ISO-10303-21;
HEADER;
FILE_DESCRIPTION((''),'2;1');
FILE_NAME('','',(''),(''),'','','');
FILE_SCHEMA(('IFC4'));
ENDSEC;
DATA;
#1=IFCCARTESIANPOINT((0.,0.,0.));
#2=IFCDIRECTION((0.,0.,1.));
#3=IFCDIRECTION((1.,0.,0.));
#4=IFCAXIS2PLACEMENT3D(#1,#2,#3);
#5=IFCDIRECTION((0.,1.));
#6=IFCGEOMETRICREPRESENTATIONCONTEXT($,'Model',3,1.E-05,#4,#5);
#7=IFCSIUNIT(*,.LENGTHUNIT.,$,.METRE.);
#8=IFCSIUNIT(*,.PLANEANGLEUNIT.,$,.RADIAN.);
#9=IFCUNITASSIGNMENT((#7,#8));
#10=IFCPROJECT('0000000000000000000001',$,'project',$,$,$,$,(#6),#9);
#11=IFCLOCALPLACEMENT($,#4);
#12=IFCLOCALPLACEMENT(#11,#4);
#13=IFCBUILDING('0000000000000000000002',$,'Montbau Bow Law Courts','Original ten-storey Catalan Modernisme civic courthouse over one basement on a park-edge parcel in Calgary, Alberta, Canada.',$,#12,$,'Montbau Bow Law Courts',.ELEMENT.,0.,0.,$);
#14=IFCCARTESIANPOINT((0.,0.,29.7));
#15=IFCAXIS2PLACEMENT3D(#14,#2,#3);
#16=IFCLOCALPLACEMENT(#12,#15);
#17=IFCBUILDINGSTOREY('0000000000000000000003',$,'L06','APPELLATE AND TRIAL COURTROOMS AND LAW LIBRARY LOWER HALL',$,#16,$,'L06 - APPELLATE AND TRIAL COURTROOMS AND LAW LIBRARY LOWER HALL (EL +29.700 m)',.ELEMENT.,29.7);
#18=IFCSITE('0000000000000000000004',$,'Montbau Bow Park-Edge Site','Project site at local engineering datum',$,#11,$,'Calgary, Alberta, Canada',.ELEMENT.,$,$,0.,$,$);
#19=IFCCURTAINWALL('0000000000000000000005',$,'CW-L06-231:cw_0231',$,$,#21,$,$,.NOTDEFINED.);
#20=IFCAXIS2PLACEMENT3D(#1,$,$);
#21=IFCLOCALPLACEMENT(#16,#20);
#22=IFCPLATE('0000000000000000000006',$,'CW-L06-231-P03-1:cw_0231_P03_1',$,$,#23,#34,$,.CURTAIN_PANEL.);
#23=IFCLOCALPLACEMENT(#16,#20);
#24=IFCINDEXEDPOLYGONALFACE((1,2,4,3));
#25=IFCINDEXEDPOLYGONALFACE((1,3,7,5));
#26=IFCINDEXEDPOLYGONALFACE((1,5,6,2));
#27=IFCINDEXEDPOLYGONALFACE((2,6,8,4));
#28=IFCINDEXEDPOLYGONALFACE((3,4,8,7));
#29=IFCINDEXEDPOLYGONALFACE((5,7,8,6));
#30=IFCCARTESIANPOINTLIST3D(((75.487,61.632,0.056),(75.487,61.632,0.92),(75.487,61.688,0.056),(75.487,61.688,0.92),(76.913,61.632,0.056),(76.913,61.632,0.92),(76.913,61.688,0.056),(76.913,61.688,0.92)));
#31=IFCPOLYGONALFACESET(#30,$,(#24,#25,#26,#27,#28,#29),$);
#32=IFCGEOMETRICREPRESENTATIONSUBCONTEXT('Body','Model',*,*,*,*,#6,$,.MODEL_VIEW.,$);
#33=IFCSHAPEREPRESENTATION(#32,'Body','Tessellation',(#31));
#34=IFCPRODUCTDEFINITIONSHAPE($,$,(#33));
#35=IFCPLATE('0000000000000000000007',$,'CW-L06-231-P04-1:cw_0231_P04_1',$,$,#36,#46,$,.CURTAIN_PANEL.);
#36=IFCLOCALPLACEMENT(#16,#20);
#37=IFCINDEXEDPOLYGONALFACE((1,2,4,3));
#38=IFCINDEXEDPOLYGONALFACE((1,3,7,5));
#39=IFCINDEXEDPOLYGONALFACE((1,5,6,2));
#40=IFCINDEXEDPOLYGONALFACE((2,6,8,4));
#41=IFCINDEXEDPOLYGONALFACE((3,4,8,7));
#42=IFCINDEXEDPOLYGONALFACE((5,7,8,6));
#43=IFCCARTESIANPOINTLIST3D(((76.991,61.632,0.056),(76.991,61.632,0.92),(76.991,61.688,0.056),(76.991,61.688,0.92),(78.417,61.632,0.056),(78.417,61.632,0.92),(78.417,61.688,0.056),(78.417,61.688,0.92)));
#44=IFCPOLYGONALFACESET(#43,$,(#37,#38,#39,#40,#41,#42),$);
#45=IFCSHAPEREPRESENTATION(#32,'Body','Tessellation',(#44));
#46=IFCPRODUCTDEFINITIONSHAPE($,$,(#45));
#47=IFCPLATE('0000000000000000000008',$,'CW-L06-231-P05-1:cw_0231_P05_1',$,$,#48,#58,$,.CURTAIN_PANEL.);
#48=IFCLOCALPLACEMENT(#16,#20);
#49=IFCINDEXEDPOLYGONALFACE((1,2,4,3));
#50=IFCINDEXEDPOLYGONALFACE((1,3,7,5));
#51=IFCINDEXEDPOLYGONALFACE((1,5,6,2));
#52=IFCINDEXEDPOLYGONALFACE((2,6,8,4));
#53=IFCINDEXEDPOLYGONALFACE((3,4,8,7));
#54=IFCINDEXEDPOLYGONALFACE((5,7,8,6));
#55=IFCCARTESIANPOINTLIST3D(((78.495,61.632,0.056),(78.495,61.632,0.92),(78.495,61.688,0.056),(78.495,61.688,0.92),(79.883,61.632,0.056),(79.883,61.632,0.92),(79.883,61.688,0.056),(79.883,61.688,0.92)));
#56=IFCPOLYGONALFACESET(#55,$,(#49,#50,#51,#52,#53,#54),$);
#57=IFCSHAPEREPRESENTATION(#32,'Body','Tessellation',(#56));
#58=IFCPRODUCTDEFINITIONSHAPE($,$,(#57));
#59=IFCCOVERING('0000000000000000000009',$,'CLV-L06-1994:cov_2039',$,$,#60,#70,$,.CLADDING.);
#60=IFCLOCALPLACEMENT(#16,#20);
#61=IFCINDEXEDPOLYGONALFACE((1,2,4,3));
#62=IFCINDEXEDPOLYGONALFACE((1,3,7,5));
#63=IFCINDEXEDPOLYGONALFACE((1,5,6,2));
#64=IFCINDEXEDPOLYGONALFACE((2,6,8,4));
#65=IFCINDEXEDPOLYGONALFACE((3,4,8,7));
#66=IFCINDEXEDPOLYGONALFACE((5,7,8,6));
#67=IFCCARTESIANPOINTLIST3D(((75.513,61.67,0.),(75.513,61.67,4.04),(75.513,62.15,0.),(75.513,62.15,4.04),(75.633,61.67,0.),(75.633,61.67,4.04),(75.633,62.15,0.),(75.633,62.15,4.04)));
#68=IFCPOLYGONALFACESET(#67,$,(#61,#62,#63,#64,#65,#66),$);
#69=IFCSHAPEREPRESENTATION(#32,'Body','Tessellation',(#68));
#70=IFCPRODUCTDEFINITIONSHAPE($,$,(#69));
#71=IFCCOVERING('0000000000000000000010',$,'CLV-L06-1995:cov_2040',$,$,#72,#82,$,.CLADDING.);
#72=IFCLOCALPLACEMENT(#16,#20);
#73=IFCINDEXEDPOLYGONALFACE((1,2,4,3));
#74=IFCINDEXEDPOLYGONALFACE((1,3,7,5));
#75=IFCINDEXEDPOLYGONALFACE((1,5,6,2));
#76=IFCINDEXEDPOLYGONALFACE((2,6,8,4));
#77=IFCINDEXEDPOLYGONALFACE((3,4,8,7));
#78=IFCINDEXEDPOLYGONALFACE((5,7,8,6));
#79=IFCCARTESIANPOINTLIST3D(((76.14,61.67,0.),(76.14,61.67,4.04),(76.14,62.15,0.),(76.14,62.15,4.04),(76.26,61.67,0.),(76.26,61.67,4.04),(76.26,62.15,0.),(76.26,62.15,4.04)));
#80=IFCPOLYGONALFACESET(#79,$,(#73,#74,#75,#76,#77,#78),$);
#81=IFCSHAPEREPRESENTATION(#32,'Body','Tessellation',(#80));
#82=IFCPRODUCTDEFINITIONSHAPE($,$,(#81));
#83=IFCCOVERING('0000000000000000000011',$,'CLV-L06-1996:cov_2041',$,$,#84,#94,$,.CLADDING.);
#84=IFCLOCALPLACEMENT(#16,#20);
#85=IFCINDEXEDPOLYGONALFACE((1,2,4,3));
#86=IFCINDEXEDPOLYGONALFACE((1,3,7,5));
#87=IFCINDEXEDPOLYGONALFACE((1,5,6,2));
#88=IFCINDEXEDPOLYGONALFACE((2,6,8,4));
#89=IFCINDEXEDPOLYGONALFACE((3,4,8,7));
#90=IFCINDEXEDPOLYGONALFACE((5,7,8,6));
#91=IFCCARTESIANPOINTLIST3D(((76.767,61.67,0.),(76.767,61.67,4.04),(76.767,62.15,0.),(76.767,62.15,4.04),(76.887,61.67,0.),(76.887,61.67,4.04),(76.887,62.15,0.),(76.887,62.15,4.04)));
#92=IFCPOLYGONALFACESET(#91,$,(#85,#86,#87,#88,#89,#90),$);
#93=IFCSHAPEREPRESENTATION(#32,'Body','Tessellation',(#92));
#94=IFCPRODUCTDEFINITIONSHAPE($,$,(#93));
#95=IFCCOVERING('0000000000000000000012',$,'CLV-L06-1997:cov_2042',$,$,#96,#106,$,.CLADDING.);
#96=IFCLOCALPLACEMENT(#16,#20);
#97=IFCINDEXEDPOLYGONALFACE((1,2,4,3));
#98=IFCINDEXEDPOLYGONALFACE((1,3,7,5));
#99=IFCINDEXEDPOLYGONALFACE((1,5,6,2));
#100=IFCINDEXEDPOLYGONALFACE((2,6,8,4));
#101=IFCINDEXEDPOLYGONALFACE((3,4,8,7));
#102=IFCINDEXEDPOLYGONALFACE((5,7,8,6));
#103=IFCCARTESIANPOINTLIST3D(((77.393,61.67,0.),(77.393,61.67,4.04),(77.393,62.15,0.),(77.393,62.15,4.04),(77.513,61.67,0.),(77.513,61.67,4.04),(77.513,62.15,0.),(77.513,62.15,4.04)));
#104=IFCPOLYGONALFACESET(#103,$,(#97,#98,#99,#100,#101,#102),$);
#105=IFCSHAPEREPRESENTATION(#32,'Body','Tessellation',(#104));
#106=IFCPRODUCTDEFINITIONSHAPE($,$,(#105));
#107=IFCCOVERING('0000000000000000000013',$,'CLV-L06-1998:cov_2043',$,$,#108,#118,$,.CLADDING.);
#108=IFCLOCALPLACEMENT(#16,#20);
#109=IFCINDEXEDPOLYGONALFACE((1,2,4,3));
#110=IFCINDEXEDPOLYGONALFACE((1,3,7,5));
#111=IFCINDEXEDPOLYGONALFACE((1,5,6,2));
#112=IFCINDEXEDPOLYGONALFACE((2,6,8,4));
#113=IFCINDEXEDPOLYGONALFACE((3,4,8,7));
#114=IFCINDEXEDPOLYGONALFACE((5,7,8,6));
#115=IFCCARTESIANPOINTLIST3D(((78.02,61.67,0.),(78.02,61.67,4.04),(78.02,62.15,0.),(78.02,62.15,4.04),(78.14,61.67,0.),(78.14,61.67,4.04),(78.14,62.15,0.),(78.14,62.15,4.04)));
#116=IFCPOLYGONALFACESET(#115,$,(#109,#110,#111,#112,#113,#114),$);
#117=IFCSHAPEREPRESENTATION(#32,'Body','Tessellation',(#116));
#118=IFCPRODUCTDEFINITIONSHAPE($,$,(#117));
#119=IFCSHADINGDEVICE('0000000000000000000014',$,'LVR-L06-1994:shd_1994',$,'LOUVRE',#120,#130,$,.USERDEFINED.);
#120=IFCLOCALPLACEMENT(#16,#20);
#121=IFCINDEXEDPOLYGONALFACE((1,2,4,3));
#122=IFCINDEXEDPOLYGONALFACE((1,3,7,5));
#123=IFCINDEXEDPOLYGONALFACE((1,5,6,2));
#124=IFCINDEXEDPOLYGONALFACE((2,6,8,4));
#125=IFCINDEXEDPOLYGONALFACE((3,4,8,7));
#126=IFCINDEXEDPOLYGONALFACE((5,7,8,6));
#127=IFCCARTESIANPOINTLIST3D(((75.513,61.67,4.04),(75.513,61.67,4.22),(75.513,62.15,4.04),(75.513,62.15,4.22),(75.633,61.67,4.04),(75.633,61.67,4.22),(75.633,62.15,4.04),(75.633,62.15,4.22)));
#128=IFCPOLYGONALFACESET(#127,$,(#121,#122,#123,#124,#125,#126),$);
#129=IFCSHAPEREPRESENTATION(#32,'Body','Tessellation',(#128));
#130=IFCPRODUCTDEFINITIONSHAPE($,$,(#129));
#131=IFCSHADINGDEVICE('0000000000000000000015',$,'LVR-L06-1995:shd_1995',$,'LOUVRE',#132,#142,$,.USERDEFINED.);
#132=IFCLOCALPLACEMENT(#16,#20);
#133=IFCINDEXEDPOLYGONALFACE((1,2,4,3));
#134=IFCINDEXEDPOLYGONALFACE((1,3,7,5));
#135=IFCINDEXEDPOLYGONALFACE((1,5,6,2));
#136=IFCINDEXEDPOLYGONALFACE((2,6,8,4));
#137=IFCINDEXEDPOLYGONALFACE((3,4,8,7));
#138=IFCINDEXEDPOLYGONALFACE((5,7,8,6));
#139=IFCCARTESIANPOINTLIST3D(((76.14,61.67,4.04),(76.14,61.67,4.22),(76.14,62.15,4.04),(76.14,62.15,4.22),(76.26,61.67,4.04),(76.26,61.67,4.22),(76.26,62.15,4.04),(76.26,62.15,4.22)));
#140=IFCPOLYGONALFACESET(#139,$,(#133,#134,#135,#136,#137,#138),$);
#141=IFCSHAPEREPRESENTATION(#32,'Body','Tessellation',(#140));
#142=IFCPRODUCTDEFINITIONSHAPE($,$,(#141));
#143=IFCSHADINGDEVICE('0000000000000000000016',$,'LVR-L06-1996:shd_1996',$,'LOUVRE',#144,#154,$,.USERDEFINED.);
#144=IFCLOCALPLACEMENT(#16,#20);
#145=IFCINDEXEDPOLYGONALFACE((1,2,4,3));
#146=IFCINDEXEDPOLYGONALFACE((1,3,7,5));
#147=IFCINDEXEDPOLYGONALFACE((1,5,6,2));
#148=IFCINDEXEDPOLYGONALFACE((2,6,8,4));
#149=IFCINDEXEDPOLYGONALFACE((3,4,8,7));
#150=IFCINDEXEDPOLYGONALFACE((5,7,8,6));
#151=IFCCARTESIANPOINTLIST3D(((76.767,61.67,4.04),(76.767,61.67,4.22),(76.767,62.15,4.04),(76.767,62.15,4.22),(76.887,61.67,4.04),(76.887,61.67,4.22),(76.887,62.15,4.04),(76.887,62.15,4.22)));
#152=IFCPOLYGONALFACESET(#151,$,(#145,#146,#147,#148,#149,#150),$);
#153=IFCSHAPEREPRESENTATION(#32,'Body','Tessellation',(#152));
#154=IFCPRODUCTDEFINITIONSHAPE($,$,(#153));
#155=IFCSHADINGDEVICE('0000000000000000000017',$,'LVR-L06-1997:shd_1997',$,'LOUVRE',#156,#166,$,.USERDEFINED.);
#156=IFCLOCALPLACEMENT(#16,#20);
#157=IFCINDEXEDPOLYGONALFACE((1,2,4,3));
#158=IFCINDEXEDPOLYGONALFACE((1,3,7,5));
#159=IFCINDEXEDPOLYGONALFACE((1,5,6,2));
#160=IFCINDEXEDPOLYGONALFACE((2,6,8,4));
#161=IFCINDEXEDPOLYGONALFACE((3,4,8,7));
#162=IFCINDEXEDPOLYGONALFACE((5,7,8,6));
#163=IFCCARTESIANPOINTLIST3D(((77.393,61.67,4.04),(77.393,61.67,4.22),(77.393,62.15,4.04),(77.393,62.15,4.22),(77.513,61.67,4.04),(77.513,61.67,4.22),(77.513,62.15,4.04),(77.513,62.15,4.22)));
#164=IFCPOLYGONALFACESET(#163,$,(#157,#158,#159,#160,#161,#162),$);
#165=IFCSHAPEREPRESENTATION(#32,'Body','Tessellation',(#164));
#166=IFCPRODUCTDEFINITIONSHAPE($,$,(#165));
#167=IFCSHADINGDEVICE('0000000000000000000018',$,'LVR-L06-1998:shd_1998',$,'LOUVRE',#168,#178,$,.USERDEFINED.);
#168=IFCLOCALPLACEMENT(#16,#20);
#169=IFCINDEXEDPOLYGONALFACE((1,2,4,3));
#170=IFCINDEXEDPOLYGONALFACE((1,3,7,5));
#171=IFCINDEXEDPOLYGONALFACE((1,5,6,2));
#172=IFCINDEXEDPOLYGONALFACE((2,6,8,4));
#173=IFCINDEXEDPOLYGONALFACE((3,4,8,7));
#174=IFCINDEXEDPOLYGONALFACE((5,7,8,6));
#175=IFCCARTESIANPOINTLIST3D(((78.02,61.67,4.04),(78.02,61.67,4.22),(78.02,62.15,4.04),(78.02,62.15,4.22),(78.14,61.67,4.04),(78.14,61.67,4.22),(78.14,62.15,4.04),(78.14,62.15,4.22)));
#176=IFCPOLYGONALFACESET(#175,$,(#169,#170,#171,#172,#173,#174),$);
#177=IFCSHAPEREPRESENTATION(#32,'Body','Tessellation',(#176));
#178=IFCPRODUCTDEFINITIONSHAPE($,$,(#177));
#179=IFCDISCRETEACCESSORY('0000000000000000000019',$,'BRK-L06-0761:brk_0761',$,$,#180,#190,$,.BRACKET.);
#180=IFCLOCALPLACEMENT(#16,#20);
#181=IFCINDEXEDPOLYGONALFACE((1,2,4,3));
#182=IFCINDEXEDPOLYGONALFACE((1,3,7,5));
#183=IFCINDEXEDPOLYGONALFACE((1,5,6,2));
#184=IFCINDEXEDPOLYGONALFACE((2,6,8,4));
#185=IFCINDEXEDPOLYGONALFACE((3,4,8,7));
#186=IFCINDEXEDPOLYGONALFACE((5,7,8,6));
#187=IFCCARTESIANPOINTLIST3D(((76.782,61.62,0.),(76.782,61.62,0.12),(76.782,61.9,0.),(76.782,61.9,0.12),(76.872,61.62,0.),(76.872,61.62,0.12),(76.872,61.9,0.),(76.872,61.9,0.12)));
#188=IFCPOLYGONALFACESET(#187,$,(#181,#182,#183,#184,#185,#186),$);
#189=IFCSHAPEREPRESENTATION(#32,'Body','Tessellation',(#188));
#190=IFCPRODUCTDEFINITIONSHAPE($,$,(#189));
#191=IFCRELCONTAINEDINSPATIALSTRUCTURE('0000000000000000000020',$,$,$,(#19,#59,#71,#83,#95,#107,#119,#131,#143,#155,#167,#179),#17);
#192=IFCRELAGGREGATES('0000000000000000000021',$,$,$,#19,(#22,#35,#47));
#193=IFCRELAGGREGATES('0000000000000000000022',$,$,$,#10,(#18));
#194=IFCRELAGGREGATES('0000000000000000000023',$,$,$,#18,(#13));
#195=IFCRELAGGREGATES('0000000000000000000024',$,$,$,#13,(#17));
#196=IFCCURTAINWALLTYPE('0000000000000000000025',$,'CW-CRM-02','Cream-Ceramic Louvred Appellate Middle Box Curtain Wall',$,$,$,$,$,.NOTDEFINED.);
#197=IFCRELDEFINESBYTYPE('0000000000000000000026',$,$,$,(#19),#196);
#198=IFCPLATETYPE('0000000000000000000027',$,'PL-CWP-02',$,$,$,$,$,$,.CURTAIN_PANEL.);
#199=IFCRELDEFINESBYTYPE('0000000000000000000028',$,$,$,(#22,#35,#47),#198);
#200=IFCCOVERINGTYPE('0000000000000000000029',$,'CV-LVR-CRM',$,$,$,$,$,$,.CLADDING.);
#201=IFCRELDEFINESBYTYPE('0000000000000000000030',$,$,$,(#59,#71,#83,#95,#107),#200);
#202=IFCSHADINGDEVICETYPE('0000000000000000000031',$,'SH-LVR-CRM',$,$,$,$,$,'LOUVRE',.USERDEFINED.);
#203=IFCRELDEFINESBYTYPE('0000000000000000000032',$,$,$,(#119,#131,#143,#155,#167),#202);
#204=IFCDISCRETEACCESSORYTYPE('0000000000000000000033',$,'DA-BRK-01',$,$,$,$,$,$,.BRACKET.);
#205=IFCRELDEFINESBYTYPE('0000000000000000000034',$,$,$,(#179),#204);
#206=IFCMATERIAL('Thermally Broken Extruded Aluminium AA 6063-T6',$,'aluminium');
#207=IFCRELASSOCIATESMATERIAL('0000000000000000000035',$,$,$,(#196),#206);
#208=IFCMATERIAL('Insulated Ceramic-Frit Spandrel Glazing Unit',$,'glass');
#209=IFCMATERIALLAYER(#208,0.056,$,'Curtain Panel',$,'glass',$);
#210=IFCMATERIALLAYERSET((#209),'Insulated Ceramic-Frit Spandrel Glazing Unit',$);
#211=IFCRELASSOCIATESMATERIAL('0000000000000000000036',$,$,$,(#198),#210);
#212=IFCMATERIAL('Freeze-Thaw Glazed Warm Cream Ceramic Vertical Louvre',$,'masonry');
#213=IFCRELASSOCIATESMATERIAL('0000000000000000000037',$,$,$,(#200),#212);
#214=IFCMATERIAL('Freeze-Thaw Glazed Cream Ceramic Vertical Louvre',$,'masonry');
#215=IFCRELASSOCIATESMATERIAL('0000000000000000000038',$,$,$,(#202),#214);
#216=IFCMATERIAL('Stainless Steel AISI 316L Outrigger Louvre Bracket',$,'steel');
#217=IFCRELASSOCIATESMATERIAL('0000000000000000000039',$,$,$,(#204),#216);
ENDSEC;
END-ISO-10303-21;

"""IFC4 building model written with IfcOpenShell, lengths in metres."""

from ifc_helpers import new_model, si_unit, direction, frame, frame_2d, origin_with_axes, origin_2d_with_axis, place, context, subcontext, project, spatial, rectangle, extrude, material, layer, layer_set, type_object, element, aggregate, save


model = new_model("IFC4")

# Units and contexts
model_context = context("Model", 3, precision=1e-05, world=origin_with_axes(), true_north=direction((0.0, 1.0)))
body_context = subcontext(model_context, "Body", "Model", "MODEL_VIEW")
ifc_project = project(units=[si_unit("LENGTHUNIT", "METRE"), si_unit("PLANEANGLEUNIT", "RADIAN")], contexts=[model_context])

# Site, building, storey
site_placement = place(None, origin_with_axes())
site = spatial("IfcSite", under=ifc_project, at=site_placement, Name="Montbau Bow Park-Edge Site", Description="Project site at local engineering datum", LongName="Calgary, Alberta, Canada", CompositionType="ELEMENT", RefElevation=0.0)
building_placement = place(site_placement, origin_with_axes())
building = spatial("IfcBuilding", under=site, at=building_placement, Name="Montbau Bow Law Courts", Description="Original ten-storey Catalan Modernisme civic courthouse over one basement on a park-edge parcel in Calgary, Alberta, Canada.", LongName="Montbau Bow Law Courts", CompositionType="ELEMENT", ElevationOfRefHeight=0.0, ElevationOfTerrain=0.0)
storey_placement = place(building_placement, frame((0.0, 0.0, 29.7), z_axis=(0.0, 0.0, 1.0), x_axis=(1.0, 0.0, 0.0)))
storey = spatial("IfcBuildingStorey", under=building, at=storey_placement, Name="L06", Description="APPELLATE AND TRIAL COURTROOMS AND LAW LIBRARY LOWER HALL", LongName="L06 - APPELLATE AND TRIAL COURTROOMS AND LAW LIBRARY LOWER HALL (EL +29.700 m)", CompositionType="ELEMENT", Elevation=29.7)

# Curtain wall, plates
ifc_material_1 = material(Name="Thermally Broken Extruded Aluminium AA 6063-T6", Category="aluminium")
curtain_wall_type = type_object("IfcCurtainWallType", Name="CW-CRM-02", Description="Cream-Ceramic Louvred Appellate Middle Box Curtain Wall", PredefinedType="NOTDEFINED", material=ifc_material_1)
curtain_wall_placement = place(None, frame((72.44, 61.66, 29.7), z_axis=(0.0, 0.0, 1.0), x_axis=(1.0, 0.0, 0.0)))
curtain_wall = element("IfcCurtainWall", 1, at=curtain_wall_placement, inside=storey, type_object=curtain_wall_type, Name="CW-L06-231:cw_0231", PredefinedType="NOTDEFINED")
ifc_material_2 = material(Name="Insulated Ceramic-Frit Spandrel Glazing Unit", Category="glass")
ifc_layer_1 = layer(ifc_material_2, 0.056, Name="Curtain Panel", Category="glass")
ifc_layer_set_1 = layer_set([ifc_layer_1], Name="Insulated Ceramic-Frit Spandrel Glazing Unit")
plate_type_1 = type_object("IfcPlateType", Name="PL-CWP-02", PredefinedType="CURTAIN_PANEL", material=ifc_layer_set_1)
plate_1_placement = place(None, frame((75.487, 61.66, 29.756), z_axis=(0.0, -1.0, 0.0), x_axis=(1.0, 0.0, 0.0)))
plate_1 = element("IfcPlate", 2, at=plate_1_placement, type_object=plate_type_1, Name="CW-L06-231-P03-1:cw_0231_P03_1", PredefinedType="CURTAIN_PANEL", context=body_context, shape_type="SweptSolid", body=[
    extrude(rectangle(XDim=1.426, YDim=0.864, at=frame_2d((0.713, 0.432), x_axis=(1.0, 0.0))), frame((0.0, 0.0, -0.028), z_axis=(0.0, 0.0, 1.0), x_axis=(1.0, 0.0, 0.0)), (0.0, 0.0, 1.0), 0.056),
])
plate_2_placement = place(None, frame((76.991, 61.66, 29.756), z_axis=(0.0, -1.0, 0.0), x_axis=(1.0, 0.0, 0.0)))
plate_2 = element("IfcPlate", 3, at=plate_2_placement, type_object=plate_type_1, Name="CW-L06-231-P04-1:cw_0231_P04_1", PredefinedType="CURTAIN_PANEL", context=body_context, shape_type="SweptSolid", body=[
    extrude(rectangle(XDim=1.426, YDim=0.864, at=frame_2d((0.713, 0.432), x_axis=(1.0, 0.0))), frame((0.0, 0.0, -0.028), z_axis=(0.0, 0.0, 1.0), x_axis=(1.0, 0.0, 0.0)), (0.0, 0.0, 1.0), 0.056),
])
plate_3_placement = place(None, frame((78.495, 61.66, 29.756), z_axis=(0.0, -1.0, 0.0), x_axis=(1.0, 0.0, 0.0)))
plate_3 = element("IfcPlate", 4, at=plate_3_placement, type_object=plate_type_1, Name="CW-L06-231-P05-1:cw_0231_P05_1", PredefinedType="CURTAIN_PANEL", context=body_context, shape_type="SweptSolid", body=[
    extrude(rectangle(XDim=1.388, YDim=0.864, at=frame_2d((0.694, 0.432), x_axis=(1.0, 0.0))), frame((0.0, 0.0, -0.028), z_axis=(0.0, 0.0, 1.0), x_axis=(1.0, 0.0, 0.0)), (0.0, 0.0, 1.0), 0.056),
])
aggregate(curtain_wall, [plate_1, plate_2, plate_3])

# Coverings
ifc_material_3 = material(Name="Freeze-Thaw Glazed Warm Cream Ceramic Vertical Louvre", Category="masonry")
covering_type = type_object("IfcCoveringType", Name="CV-LVR-CRM", PredefinedType="CLADDING", material=ifc_material_3)
for number, where, z_axis, x_axis, name in (
    (5, (75.573, 61.67, 29.7), (1.0, 0.0, 0.0), (0.0, 1.0, 0.0), "CLV-L06-1994:cov_2039"),
    (6, (76.2, 61.67, 29.7), (1.0, 0.0, 0.0), (0.0, 1.0, 0.0), "CLV-L06-1995:cov_2040"),
    (7, (76.827, 61.67, 29.7), (1.0, 0.0, 0.0), (0.0, 1.0, 0.0), "CLV-L06-1996:cov_2041"),
    (8, (77.453, 61.67, 29.7), (1.0, 0.0, 0.0), (0.0, 1.0, 0.0), "CLV-L06-1997:cov_2042"),
    (9, (78.08, 61.67, 29.7), (1.0, 0.0, 0.0), (0.0, 1.0, 0.0), "CLV-L06-1998:cov_2043"),
):
    element("IfcCovering", number, at=place(None, frame(where, z_axis=z_axis, x_axis=x_axis)), inside=storey, type_object=covering_type, Name=name, PredefinedType="CLADDING", context=body_context, shape_type="SweptSolid", body=[
        extrude(rectangle(XDim=0.48, YDim=4.04, at=frame_2d((0.24, 2.02), x_axis=(1.0, 0.0))), frame((0.0, 0.0, -0.06), z_axis=(0.0, 0.0, 1.0), x_axis=(1.0, 0.0, 0.0)), (0.0, 0.0, 1.0), 0.12),
    ])

# Shading devices
ifc_material_4 = material(Name="Freeze-Thaw Glazed Cream Ceramic Vertical Louvre", Category="masonry")
shading_device_type = type_object("IfcShadingDeviceType", Name="SH-LVR-CRM", ElementType="LOUVRE", PredefinedType="USERDEFINED", material=ifc_material_4)
for number, where, z_axis, x_axis, name in (
    (10, (75.573, 61.91, 33.74), (0.0, 0.0, 1.0), (0.0, 1.0, 0.0), "LVR-L06-1994:shd_1994"),
    (11, (76.2, 61.91, 33.74), (0.0, 0.0, 1.0), (0.0, 1.0, 0.0), "LVR-L06-1995:shd_1995"),
    (12, (76.827, 61.91, 33.74), (0.0, 0.0, 1.0), (0.0, 1.0, 0.0), "LVR-L06-1996:shd_1996"),
    (13, (77.453, 61.91, 33.74), (0.0, 0.0, 1.0), (0.0, 1.0, 0.0), "LVR-L06-1997:shd_1997"),
    (14, (78.08, 61.91, 33.74), (0.0, 0.0, 1.0), (0.0, 1.0, 0.0), "LVR-L06-1998:shd_1998"),
):
    element("IfcShadingDevice", number, at=place(None, frame(where, z_axis=z_axis, x_axis=x_axis)), inside=storey, type_object=shading_device_type, Name=name, ObjectType="LOUVRE", PredefinedType="USERDEFINED", context=body_context, shape_type="SweptSolid", body=[
        extrude(rectangle(XDim=0.48, YDim=0.12, at=origin_2d_with_axis()), origin_with_axes(), (0.0, 0.0, 1.0), 0.18),
    ])

# Discrete accessory
ifc_material_5 = material(Name="Stainless Steel AISI 316L Outrigger Louvre Bracket", Category="steel")
discrete_accessory_type = type_object("IfcDiscreteAccessoryType", Name="DA-BRK-01", PredefinedType="BRACKET", material=ifc_material_5)
discrete_accessory_placement = place(None, frame((76.827, 61.76, 29.7), z_axis=(0.0, 0.0, 1.0), x_axis=(0.0, 1.0, 0.0)))
element("IfcDiscreteAccessory", 15, at=discrete_accessory_placement, inside=storey, type_object=discrete_accessory_type, Name="BRK-L06-0761:brk_0761", PredefinedType="BRACKET", context=body_context, shape_type="SweptSolid", body=[
    extrude(rectangle(XDim=0.28, YDim=0.09, at=origin_2d_with_axis()), origin_with_axes(), (0.0, 0.0, 1.0), 0.12),
])

save(model, "model.ifc")
